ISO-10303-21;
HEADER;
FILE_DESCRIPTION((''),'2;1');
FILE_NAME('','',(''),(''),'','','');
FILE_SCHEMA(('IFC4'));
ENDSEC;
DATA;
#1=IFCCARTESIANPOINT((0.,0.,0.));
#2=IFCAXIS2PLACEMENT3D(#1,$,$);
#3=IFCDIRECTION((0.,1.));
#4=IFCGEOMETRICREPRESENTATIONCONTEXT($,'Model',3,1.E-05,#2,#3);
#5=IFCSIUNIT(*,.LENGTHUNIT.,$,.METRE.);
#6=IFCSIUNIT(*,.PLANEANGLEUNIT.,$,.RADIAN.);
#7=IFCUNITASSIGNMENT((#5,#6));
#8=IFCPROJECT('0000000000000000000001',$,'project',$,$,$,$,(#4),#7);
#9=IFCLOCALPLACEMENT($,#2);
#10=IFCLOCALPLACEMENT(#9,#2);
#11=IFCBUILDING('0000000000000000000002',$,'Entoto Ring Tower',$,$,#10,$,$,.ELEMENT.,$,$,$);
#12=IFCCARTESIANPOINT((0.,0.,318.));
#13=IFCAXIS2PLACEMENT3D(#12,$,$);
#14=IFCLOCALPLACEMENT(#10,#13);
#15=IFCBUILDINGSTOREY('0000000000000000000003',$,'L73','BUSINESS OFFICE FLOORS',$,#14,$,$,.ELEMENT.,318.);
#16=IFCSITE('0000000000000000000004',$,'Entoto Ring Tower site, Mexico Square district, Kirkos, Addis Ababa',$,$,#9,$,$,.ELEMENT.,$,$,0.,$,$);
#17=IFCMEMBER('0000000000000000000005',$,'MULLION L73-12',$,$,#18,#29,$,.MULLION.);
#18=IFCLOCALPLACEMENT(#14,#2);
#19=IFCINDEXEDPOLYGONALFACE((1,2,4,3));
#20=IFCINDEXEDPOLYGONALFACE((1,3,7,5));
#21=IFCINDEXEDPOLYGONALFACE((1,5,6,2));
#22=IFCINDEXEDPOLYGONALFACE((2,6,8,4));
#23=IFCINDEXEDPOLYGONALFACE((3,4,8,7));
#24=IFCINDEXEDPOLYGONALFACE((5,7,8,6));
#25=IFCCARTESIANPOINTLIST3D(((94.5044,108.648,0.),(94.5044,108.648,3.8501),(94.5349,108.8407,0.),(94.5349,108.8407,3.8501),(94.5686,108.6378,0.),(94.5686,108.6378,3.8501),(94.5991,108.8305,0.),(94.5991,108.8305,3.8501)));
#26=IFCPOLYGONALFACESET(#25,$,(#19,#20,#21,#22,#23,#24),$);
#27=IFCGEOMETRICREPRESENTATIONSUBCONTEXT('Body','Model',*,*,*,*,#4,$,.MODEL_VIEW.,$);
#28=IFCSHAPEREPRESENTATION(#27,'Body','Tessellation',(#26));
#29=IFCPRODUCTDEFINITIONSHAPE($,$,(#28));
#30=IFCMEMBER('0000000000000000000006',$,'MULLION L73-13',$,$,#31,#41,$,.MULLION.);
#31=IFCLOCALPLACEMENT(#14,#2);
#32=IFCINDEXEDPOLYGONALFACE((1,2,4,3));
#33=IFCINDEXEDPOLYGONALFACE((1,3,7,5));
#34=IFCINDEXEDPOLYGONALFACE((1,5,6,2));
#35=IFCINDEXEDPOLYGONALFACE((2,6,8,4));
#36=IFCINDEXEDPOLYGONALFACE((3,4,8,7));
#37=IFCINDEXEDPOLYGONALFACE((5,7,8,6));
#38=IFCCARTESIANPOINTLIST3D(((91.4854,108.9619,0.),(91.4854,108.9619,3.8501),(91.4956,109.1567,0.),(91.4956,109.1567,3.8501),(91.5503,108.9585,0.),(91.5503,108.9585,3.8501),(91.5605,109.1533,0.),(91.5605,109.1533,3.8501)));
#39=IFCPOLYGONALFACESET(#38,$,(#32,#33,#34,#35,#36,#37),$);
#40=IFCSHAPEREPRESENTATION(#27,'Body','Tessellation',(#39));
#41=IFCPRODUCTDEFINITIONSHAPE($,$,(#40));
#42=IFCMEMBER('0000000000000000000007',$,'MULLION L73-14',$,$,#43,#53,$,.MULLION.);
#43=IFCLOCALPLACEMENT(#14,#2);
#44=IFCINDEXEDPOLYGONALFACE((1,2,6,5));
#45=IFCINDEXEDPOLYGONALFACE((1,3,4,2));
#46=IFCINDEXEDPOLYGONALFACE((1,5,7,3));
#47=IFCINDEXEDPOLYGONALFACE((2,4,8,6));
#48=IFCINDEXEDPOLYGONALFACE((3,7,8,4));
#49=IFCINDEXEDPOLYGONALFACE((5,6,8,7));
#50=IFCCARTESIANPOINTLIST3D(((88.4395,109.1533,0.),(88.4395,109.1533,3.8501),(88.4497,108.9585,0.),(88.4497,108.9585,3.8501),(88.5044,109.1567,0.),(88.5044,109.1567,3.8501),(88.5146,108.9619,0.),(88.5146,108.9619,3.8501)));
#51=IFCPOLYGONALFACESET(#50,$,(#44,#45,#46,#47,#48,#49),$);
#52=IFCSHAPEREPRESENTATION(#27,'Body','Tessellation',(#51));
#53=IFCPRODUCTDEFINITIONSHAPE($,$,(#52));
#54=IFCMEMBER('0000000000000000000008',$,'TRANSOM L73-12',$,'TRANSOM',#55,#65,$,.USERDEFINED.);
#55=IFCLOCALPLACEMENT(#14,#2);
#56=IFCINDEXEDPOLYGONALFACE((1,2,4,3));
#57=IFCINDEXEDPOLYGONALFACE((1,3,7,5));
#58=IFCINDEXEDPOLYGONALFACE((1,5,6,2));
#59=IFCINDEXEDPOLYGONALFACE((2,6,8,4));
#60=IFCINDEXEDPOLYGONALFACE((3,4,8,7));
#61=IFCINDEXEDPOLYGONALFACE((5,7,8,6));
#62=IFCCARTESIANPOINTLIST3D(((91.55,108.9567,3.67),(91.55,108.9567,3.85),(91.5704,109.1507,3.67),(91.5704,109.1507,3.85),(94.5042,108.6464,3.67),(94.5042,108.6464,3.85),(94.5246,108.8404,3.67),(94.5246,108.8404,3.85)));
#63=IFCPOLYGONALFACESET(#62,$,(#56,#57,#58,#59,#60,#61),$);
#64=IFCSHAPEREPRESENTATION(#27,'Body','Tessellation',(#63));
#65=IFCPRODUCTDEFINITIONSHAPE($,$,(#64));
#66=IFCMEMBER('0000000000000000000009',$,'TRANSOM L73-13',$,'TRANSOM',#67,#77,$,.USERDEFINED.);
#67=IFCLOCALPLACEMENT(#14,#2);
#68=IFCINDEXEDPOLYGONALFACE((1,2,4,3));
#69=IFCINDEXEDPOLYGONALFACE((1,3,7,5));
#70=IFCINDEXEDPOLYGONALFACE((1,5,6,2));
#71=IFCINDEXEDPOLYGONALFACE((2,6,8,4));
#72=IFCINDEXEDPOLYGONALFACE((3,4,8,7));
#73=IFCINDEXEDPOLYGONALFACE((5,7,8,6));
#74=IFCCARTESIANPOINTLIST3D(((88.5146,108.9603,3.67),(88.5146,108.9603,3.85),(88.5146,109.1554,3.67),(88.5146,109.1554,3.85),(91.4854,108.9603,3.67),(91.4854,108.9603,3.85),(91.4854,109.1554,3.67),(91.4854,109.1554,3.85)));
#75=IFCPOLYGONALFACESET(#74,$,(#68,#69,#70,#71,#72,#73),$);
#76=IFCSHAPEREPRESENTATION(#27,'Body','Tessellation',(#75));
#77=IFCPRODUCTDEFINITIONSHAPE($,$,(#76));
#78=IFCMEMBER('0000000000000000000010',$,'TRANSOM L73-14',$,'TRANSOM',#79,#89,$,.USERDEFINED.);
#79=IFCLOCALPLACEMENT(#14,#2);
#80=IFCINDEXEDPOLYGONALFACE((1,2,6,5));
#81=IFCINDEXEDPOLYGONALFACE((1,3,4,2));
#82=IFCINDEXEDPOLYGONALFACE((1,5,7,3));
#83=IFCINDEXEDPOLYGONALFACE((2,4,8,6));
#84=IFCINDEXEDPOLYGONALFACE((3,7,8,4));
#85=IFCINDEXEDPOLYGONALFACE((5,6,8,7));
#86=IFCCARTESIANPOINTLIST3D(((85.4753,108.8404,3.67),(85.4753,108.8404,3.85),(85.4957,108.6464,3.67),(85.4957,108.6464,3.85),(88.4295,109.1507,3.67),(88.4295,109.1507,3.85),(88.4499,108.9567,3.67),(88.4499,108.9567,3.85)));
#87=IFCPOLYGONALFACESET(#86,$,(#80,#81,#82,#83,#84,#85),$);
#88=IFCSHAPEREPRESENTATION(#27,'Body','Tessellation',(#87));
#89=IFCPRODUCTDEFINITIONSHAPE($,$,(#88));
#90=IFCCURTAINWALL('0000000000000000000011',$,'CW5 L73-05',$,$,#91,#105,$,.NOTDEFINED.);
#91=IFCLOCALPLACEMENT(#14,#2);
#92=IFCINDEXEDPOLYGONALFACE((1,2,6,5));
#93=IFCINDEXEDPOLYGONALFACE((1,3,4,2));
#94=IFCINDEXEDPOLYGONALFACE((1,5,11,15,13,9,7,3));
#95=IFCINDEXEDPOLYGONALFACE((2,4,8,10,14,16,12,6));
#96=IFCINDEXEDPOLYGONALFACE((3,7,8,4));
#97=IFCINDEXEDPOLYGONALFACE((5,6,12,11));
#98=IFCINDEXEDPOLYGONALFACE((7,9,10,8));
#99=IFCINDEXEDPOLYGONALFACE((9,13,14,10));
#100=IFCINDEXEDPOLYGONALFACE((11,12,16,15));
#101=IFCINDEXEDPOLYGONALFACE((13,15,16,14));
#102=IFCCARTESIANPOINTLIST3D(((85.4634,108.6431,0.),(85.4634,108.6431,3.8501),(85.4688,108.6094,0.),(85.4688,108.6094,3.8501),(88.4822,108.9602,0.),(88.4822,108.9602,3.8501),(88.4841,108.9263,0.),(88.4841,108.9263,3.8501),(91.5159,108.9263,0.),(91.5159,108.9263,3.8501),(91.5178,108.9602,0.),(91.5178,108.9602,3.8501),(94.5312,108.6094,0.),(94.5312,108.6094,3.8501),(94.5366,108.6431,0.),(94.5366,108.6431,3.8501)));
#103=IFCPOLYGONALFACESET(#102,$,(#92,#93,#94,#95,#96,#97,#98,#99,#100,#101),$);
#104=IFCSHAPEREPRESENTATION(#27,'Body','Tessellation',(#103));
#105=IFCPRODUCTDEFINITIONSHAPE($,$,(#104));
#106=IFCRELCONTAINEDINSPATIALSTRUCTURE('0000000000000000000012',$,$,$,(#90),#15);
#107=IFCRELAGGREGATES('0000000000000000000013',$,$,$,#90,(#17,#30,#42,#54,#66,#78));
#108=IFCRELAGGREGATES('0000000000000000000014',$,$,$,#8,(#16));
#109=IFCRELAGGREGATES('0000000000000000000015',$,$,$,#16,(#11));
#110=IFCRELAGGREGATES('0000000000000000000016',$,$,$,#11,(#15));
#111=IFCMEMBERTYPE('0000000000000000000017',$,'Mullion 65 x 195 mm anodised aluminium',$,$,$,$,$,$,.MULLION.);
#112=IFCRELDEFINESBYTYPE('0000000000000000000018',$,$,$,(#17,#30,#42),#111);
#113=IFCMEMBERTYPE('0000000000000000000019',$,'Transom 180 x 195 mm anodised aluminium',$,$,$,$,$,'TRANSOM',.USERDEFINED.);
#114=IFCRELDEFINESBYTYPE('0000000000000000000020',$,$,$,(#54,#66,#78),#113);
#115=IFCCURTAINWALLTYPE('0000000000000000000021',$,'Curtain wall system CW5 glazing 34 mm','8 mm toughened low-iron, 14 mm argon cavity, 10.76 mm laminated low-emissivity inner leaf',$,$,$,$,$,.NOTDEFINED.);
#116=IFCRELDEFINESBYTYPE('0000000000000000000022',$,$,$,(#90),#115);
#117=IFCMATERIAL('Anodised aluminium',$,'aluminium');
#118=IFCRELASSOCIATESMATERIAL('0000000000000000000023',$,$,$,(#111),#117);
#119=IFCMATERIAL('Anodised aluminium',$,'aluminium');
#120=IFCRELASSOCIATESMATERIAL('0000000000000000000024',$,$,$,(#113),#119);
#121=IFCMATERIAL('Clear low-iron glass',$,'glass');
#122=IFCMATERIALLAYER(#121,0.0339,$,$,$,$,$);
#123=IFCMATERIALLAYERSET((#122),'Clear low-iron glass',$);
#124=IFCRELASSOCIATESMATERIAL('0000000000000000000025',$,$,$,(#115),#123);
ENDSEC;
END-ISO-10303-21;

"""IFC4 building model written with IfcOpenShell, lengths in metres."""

from ifc_helpers import new_model, si_unit, direction, frame, origin, origin_2d, place, context, subcontext, project, spatial, polyline, rectangle, outline, extrude, material, layer, layer_set, material_profile, profile_set, type_object, element, aggregate, save


model = new_model("IFC4")

# Units and contexts
model_context = context("Model", 3, precision=1e-05, world=origin(), true_north=direction((0.0, 1.0)))
body_context = subcontext(model_context, "Body", "Model", "MODEL_VIEW")
ifc_project = project(units=[si_unit("LENGTHUNIT", "METRE"), si_unit("PLANEANGLEUNIT", "RADIAN")], contexts=[model_context])

# Members
ifc_material_1 = material(Name="Anodised aluminium", Category="aluminium")
ifc_material_profile_1 = material_profile(ifc_material_1, rectangle(XDim=0.0649, YDim=0.1951, at=origin_2d()), Name="Mullion 65 x 195 mm anodised aluminium")
ifc_profile_set_1 = profile_set([ifc_material_profile_1], Name="Anodised aluminium")
member_type_1 = type_object("IfcMemberType", Name="Mullion 65 x 195 mm anodised aluminium", PredefinedType="MULLION", material=ifc_profile_set_1)
site_placement = place(None, origin())
building_placement = place(site_placement, origin())
storey_placement = place(building_placement, frame((0.0, 0.0, 318.0)))
member_1_placement = place(storey_placement, frame((94.5518, 108.7393, 0.0), z_axis=(0.0, 0.0, 1.0), x_axis=(-0.987688, 0.156434, 0.0)))
member_1 = element("IfcMember", 1, at=member_1_placement, type_object=member_type_1, Name="MULLION L73-12", PredefinedType="MULLION", context=body_context, shape_type="SweptSolid", body=[
    extrude(rectangle(XDim=0.0649, YDim=0.1951, at=origin_2d()), origin(), (0.0, 0.0, 1.0), 3.8501),
])
member_2_placement = place(storey_placement, frame((91.5229, 109.0576, 0.0), z_axis=(0.0, 0.0, 1.0), x_axis=(-0.99863, 0.052336, 0.0)))
member_2 = element("IfcMember", 2, at=member_2_placement, type_object=member_type_1, Name="MULLION L73-13", PredefinedType="MULLION", context=body_context, shape_type="SweptSolid", body=[
    extrude(rectangle(XDim=0.0649, YDim=0.1951, at=origin_2d()), origin(), (0.0, 0.0, 1.0), 3.8501),
])
member_3_placement = place(storey_placement, frame((88.4771, 109.0576, 0.0), z_axis=(0.0, 0.0, 1.0), x_axis=(-0.99863, -0.052336, 0.0)))
member_3 = element("IfcMember", 3, at=member_3_placement, type_object=member_type_1, Name="MULLION L73-14", PredefinedType="MULLION", context=body_context, shape_type="SweptSolid", body=[
    extrude(rectangle(XDim=0.0649, YDim=0.1951, at=origin_2d()), origin(), (0.0, 0.0, 1.0), 3.8501),
])
ifc_material_2 = material(Name="Anodised aluminium", Category="aluminium")
ifc_material_profile_2 = material_profile(ifc_material_2, rectangle(XDim=0.1951, YDim=0.1799, at=origin_2d()), Name="Transom 180 x 195 mm anodised aluminium")
ifc_profile_set_2 = profile_set([ifc_material_profile_2], Name="Anodised aluminium")
member_type_2 = type_object("IfcMemberType", Name="Transom 180 x 195 mm anodised aluminium", ElementType="TRANSOM", PredefinedType="USERDEFINED", material=ifc_profile_set_2)
member_4_placement = place(storey_placement, frame((94.5144, 108.7434, 3.76), z_axis=(-0.994528, 0.104467, 0.0), x_axis=(-0.104467, -0.994528, 0.0)))
member_4 = element("IfcMember", 4, at=member_4_placement, type_object=member_type_2, Name="TRANSOM L73-12", ObjectType="TRANSOM", PredefinedType="USERDEFINED", context=body_context, shape_type="SweptSolid", body=[
    extrude(rectangle(XDim=0.1951, YDim=0.1799, at=origin_2d()), origin(), (0.0, 0.0, 1.0), 2.9705),
])
member_5_placement = place(storey_placement, frame((91.4854, 109.0579, 3.76), z_axis=(-1.0, 0.0, 0.0), x_axis=(0.0, -1.0, 0.0)))
member_5 = element("IfcMember", 5, at=member_5_placement, type_object=member_type_2, Name="TRANSOM L73-13", ObjectType="TRANSOM", PredefinedType="USERDEFINED", context=body_context, shape_type="SweptSolid", body=[
    extrude(rectangle(XDim=0.1951, YDim=0.1799, at=origin_2d()), origin(), (0.0, 0.0, 1.0), 2.9707),
])
member_6_placement = place(storey_placement, frame((88.4397, 109.0537, 3.76), z_axis=(-0.994528, -0.104467, 0.0), x_axis=(0.104467, -0.994528, 0.0)))
member_6 = element("IfcMember", 6, at=member_6_placement, type_object=member_type_2, Name="TRANSOM L73-14", ObjectType="TRANSOM", PredefinedType="USERDEFINED", context=body_context, shape_type="SweptSolid", body=[
    extrude(rectangle(XDim=0.1951, YDim=0.1799, at=origin_2d()), origin(), (0.0, 0.0, 1.0), 2.9705),
])

# Site, building, storey
site = spatial("IfcSite", under=ifc_project, at=site_placement, Name="Entoto Ring Tower site, Mexico Square district, Kirkos, Addis Ababa", CompositionType="ELEMENT", RefElevation=0.0)
building = spatial("IfcBuilding", under=site, at=building_placement, Name="Entoto Ring Tower", CompositionType="ELEMENT")
storey = spatial("IfcBuildingStorey", under=building, at=storey_placement, Name="L73", Description="BUSINESS OFFICE FLOORS", CompositionType="ELEMENT", Elevation=318.0)

# Curtain wall
ifc_material_3 = material(Name="Clear low-iron glass", Category="glass")
ifc_layer = layer(ifc_material_3, 0.0339)
ifc_layer_set = layer_set([ifc_layer], Name="Clear low-iron glass")
curtain_wall_type = type_object("IfcCurtainWallType", Name="Curtain wall system CW5 glazing 34 mm", Description="8 mm toughened low-iron, 14 mm argon cavity, 10.76 mm laminated low-emissivity inner leaf", PredefinedType="NOTDEFINED", material=ifc_layer_set)
curtain_wall_1_placement = place(storey_placement, origin())
curtain_wall_1 = element("IfcCurtainWall", 7, at=curtain_wall_1_placement, inside=storey, type_object=curtain_wall_type, Name="CW5 L73-05", PredefinedType="NOTDEFINED", context=body_context, shape_type="SweptSolid", body=[
    extrude(outline(polyline([(94.5366, 108.6431), (91.5178, 108.9602), (88.4822, 108.9602), (85.4634, 108.6431), (85.4688, 108.6094), (88.4841, 108.9263), (91.5159, 108.9263), (94.5312, 108.6094), (94.5366, 108.6431)])), origin(), (0.0, 0.0, 1.0), 3.8501),
])
aggregate(curtain_wall_1, [member_1, member_2, member_3, member_4, member_5, member_6])

save(model, "model.ifc")
